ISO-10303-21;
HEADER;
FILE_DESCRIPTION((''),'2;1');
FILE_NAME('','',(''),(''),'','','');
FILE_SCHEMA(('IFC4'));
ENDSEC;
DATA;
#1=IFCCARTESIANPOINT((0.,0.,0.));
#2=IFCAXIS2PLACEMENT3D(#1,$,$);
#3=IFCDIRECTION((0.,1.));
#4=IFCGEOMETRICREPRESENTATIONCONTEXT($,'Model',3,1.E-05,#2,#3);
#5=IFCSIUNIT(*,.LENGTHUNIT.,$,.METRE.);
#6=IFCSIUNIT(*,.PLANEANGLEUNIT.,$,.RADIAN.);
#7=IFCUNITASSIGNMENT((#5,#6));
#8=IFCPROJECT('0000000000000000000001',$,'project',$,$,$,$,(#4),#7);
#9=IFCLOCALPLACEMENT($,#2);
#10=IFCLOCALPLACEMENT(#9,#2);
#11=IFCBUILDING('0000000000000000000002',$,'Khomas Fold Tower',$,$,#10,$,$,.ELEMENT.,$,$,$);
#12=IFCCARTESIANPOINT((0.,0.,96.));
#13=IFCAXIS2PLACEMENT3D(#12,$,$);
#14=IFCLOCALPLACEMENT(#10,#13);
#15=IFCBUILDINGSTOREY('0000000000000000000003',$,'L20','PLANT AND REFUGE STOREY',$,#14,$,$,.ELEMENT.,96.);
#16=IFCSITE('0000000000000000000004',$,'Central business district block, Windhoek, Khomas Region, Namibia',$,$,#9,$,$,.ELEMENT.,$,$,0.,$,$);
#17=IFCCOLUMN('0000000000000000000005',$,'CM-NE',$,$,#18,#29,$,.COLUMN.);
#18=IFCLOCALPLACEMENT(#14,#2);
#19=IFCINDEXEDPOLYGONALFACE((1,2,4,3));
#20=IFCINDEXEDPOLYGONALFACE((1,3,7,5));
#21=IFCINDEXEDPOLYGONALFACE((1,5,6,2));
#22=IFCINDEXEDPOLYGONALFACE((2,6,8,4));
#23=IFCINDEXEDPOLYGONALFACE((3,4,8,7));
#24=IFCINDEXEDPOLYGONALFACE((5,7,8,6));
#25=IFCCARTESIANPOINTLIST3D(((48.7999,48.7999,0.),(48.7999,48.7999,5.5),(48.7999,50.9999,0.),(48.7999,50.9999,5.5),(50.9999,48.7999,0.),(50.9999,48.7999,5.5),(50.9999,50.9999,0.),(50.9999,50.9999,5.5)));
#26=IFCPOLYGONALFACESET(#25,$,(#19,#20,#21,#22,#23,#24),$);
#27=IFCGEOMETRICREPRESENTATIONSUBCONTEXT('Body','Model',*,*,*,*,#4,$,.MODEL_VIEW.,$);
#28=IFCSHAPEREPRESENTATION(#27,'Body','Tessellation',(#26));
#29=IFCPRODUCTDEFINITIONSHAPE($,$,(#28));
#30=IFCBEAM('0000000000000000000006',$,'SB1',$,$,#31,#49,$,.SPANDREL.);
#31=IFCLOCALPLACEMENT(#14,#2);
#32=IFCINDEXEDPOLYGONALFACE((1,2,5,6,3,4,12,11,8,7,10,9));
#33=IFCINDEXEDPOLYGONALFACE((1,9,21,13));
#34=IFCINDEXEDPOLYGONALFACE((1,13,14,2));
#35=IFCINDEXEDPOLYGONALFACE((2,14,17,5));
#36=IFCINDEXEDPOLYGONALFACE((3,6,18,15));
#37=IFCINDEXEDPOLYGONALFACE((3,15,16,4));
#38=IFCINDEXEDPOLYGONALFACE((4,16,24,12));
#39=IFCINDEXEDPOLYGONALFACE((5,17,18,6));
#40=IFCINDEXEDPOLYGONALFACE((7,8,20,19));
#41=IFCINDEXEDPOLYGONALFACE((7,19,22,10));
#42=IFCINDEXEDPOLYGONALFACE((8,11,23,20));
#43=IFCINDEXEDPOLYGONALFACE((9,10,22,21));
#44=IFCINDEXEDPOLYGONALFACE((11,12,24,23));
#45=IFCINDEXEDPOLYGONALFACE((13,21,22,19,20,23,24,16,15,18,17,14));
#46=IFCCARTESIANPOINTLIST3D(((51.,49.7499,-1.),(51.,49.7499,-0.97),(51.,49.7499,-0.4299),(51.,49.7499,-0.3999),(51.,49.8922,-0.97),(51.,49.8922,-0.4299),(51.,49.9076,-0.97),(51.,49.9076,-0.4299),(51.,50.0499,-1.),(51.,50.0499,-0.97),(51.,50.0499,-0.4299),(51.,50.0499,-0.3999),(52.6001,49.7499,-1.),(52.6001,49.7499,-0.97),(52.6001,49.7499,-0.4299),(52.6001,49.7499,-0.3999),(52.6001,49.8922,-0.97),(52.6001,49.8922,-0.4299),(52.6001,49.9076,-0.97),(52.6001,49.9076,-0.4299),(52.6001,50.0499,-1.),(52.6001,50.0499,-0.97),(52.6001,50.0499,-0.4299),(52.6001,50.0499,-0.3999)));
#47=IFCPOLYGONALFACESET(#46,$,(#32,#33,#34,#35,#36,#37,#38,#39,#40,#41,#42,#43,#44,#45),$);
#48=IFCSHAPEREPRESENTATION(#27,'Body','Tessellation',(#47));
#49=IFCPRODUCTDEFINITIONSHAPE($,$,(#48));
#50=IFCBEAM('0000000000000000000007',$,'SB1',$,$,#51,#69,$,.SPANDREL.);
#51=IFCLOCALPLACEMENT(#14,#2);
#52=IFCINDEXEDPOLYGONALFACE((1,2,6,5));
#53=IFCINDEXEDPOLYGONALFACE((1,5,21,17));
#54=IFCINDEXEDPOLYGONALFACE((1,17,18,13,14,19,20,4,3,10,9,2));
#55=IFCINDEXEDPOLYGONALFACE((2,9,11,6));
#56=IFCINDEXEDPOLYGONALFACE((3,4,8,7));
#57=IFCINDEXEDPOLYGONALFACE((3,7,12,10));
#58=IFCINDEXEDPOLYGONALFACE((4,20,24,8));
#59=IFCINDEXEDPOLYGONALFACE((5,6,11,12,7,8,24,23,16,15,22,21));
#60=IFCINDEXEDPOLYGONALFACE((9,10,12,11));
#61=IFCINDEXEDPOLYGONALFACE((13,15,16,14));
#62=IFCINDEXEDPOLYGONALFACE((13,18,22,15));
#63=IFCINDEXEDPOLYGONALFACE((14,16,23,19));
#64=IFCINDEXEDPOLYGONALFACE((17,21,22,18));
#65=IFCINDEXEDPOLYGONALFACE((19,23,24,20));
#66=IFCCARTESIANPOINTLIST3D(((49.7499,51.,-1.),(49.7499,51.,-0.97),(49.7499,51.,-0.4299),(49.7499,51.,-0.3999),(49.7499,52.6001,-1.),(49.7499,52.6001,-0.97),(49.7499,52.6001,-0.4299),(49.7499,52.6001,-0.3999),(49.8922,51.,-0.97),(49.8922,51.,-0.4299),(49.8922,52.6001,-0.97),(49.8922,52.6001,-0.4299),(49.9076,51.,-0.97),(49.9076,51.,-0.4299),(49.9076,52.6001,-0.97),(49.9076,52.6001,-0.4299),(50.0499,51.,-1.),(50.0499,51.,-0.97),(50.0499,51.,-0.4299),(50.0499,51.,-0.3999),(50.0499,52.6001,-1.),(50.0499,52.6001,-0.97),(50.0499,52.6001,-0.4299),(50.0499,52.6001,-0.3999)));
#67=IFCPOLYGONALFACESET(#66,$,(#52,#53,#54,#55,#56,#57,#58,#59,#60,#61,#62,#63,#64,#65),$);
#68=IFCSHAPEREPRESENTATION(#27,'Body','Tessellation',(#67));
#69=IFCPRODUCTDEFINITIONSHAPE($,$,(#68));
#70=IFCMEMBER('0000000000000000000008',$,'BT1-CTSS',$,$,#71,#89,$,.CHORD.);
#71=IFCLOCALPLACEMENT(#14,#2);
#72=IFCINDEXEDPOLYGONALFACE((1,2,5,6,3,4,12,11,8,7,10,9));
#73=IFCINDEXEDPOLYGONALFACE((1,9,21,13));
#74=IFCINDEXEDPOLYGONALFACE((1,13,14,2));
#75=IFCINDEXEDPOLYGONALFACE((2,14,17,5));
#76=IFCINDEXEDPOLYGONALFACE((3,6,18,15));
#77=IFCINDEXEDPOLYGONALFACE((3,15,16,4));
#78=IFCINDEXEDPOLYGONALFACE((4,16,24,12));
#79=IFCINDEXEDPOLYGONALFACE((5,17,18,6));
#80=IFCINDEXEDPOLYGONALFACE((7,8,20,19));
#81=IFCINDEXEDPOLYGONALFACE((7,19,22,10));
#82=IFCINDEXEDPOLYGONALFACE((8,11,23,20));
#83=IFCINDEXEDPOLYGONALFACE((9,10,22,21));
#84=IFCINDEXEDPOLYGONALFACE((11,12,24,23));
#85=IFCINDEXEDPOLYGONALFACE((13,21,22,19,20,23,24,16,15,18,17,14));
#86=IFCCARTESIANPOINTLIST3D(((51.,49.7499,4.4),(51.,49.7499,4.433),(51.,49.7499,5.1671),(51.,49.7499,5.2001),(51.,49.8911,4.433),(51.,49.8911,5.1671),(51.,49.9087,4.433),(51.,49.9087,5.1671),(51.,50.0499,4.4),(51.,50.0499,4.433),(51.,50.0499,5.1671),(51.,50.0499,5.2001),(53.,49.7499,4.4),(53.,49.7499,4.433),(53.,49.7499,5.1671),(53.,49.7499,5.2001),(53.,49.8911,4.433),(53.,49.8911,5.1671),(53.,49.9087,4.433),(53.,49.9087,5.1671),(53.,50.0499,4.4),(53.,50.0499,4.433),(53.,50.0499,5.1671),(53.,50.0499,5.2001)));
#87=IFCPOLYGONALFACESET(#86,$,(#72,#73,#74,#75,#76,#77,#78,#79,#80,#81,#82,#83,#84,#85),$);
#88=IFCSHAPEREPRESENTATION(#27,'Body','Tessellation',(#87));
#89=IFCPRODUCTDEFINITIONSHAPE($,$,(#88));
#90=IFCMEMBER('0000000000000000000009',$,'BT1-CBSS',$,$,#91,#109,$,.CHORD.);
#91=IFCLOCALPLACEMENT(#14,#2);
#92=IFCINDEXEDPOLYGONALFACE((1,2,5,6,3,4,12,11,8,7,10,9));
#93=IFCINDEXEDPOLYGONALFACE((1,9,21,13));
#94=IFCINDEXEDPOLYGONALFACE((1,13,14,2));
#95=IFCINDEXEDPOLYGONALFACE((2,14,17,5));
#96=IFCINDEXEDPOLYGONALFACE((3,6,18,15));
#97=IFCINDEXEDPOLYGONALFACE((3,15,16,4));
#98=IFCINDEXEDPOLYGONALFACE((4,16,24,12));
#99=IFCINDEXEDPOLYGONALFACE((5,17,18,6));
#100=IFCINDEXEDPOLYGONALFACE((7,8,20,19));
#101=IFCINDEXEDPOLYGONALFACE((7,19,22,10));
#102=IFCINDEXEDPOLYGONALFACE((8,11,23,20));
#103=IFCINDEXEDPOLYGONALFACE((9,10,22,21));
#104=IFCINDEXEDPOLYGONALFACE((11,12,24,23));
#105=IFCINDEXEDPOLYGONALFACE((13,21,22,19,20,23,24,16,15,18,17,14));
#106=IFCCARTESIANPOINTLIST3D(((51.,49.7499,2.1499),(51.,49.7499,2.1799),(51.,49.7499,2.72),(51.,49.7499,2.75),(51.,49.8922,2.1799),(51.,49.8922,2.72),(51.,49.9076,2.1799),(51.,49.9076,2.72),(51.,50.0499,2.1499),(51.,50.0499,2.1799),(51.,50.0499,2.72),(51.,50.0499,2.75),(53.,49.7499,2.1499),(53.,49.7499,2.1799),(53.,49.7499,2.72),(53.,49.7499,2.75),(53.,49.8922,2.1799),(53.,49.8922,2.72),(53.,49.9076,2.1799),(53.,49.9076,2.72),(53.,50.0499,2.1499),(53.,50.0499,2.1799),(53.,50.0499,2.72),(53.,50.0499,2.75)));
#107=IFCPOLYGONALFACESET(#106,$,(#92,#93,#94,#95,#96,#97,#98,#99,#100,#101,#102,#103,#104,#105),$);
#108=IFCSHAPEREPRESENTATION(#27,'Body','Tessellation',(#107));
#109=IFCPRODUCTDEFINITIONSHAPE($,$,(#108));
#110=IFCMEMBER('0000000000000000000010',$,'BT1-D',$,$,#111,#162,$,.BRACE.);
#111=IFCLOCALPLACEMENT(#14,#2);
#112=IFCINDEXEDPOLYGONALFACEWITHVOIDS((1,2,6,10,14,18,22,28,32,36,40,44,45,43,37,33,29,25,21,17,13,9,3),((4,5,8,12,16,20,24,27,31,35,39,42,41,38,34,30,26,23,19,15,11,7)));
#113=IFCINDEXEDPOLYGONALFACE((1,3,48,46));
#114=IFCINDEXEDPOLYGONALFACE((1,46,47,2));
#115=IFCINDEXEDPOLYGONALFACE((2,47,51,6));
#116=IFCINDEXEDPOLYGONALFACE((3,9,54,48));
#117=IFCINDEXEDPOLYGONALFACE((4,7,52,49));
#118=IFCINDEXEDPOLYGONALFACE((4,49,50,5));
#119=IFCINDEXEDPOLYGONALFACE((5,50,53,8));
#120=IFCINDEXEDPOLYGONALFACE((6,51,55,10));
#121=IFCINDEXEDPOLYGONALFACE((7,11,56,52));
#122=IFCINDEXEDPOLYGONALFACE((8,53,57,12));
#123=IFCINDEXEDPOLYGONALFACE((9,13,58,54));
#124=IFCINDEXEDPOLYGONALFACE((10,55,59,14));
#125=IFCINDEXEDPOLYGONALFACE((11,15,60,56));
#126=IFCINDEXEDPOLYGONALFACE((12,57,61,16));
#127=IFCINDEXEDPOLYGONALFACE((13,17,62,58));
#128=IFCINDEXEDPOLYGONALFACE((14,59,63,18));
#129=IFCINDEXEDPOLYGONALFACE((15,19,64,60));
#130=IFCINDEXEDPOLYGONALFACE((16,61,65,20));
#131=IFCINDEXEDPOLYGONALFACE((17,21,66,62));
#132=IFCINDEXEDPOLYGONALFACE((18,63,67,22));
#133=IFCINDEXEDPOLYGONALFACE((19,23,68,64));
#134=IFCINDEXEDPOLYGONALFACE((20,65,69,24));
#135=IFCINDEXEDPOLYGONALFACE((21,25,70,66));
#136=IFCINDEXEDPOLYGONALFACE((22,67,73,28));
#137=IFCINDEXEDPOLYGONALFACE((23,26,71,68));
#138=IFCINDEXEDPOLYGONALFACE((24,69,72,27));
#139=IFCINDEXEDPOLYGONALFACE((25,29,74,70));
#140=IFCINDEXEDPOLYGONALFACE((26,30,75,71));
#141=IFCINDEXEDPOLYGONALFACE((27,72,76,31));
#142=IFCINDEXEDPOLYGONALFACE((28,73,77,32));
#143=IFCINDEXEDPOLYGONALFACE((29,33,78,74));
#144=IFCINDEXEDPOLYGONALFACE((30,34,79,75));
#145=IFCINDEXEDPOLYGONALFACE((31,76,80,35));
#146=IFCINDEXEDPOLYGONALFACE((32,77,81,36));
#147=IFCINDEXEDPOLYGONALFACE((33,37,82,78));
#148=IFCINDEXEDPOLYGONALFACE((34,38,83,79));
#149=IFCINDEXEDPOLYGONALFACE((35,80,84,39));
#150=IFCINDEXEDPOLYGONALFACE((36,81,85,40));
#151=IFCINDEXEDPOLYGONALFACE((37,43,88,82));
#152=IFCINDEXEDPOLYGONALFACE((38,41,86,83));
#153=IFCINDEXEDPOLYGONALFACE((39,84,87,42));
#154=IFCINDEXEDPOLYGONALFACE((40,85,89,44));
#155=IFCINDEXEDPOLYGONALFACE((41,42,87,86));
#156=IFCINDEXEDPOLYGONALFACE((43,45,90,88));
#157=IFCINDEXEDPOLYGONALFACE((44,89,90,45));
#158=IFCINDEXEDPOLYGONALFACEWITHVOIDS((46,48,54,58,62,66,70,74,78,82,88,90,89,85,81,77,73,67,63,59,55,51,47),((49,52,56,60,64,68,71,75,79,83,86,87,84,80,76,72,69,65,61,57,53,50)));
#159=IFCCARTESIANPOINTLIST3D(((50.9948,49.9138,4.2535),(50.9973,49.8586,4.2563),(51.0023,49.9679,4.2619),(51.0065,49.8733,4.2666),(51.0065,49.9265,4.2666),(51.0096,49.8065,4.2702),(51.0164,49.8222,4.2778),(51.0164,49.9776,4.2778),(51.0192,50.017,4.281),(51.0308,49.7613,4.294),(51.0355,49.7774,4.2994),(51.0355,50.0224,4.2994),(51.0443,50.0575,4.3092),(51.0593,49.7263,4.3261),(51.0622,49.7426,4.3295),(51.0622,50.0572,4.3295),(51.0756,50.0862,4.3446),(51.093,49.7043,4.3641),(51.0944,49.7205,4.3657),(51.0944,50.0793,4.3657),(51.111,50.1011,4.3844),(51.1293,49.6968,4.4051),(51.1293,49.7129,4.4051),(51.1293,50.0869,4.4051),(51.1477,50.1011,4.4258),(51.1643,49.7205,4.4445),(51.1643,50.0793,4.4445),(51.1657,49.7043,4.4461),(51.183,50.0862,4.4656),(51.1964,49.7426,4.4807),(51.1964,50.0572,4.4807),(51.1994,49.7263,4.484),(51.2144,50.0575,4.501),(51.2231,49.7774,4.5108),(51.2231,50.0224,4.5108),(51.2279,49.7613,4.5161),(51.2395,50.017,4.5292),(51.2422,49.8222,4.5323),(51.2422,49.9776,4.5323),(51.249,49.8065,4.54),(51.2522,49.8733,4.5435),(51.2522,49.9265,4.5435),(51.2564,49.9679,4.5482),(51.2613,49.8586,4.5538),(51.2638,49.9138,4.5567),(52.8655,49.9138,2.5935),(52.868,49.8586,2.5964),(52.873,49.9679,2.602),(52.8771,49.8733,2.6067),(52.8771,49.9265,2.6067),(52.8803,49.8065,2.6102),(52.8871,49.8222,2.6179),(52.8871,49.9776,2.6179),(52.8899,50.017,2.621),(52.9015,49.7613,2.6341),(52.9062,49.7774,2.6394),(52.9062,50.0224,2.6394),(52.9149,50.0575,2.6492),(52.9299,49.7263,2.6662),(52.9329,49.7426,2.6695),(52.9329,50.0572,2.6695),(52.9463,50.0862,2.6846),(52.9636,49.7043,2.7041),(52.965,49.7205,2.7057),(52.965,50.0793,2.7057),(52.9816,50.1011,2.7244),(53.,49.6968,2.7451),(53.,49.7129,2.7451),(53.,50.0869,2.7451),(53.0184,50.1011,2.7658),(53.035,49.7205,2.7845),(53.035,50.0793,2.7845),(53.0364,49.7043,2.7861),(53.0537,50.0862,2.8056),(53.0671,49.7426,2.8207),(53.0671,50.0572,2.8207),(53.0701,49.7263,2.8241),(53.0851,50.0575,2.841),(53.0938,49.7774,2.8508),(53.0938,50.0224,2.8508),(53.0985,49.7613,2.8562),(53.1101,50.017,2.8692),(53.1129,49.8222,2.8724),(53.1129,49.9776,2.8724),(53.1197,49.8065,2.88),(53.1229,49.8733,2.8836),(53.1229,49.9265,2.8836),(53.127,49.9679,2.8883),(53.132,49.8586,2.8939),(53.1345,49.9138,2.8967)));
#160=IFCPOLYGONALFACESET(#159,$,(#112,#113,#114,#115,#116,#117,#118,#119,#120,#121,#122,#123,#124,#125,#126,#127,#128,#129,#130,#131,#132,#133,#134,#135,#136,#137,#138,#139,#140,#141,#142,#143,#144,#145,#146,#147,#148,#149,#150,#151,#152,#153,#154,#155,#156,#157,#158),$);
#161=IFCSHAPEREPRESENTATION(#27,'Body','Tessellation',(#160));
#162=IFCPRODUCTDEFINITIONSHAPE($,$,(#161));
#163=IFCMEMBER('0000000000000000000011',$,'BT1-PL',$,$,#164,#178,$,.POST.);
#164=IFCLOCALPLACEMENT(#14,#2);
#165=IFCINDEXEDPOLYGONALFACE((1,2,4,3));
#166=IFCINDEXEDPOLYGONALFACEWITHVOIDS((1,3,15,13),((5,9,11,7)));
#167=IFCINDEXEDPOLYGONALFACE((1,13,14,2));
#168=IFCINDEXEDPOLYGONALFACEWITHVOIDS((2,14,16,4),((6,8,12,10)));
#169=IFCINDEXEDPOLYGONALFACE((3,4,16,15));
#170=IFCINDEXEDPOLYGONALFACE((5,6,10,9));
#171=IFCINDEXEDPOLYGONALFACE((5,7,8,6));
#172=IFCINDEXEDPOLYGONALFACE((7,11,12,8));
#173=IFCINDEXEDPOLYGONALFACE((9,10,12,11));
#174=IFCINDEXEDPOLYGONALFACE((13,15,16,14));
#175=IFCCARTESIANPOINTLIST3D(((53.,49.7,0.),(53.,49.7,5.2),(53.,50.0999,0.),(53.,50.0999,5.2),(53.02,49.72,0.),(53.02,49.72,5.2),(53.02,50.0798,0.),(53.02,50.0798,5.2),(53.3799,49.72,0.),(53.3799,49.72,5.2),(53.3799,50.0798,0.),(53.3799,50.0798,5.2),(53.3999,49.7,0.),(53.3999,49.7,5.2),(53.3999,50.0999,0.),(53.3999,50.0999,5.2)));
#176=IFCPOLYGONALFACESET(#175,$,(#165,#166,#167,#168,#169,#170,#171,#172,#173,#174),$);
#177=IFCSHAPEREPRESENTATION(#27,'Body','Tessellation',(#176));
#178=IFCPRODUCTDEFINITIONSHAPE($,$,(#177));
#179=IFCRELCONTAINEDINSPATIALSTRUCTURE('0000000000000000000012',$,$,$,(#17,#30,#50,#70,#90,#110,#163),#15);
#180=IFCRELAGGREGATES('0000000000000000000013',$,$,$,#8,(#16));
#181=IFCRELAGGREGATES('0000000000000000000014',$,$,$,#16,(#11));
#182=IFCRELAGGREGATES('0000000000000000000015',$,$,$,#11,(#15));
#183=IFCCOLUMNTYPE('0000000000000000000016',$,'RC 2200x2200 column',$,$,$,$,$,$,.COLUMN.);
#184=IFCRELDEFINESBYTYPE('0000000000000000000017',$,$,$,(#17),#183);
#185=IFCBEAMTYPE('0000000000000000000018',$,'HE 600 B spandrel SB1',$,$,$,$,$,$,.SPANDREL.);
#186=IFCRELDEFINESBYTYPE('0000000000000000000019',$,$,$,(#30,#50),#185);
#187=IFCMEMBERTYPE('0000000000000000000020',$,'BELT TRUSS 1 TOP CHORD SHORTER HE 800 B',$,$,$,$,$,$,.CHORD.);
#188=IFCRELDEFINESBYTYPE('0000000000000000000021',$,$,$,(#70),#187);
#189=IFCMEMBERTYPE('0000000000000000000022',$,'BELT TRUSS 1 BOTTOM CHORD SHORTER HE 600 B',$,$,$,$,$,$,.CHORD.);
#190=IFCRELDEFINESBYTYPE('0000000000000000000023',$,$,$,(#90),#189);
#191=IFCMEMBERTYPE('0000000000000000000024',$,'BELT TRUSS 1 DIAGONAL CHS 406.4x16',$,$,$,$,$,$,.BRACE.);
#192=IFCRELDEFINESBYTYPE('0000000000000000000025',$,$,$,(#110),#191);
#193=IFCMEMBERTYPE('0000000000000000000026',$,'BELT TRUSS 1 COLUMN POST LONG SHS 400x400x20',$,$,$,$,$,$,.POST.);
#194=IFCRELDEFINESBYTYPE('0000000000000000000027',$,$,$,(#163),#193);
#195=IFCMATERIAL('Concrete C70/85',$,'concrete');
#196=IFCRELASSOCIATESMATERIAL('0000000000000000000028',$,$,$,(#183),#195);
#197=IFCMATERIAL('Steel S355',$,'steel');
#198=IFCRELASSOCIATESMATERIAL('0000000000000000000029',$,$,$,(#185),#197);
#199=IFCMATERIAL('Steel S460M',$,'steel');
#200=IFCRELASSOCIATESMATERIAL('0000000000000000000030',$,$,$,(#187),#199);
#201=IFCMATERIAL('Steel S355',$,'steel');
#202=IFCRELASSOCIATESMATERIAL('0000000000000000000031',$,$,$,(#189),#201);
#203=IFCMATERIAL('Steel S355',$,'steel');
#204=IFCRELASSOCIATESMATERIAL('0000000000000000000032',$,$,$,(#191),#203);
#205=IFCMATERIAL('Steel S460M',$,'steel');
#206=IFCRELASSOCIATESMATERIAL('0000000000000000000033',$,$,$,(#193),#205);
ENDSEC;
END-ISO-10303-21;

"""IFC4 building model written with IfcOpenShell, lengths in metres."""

from ifc_helpers import new_model, si_unit, direction, frame, origin, origin_2d, place, context, subcontext, project, spatial, rectangle, hollow_rectangle, hollow_circle, i_section, extrude, source, transform, mapped, material, material_profile, profile_set, type_object, element, save


model = new_model("IFC4")

# Units and contexts
model_context = context("Model", 3, precision=1e-05, world=origin(), true_north=direction((0.0, 1.0)))
body_context = subcontext(model_context, "Body", "Model", "MODEL_VIEW")
ifc_project = project(units=[si_unit("LENGTHUNIT", "METRE"), si_unit("PLANEANGLEUNIT", "RADIAN")], contexts=[model_context])

# Site, building, storey
site_placement = place(None, origin())
site = spatial("IfcSite", under=ifc_project, at=site_placement, Name="Central business district block, Windhoek, Khomas Region, Namibia", CompositionType="ELEMENT", RefElevation=0.0)
building_placement = place(site_placement, origin())
building = spatial("IfcBuilding", under=site, at=building_placement, Name="Khomas Fold Tower", CompositionType="ELEMENT")
storey_placement = place(building_placement, frame((0.0, 0.0, 96.0)))
storey = spatial("IfcBuildingStorey", under=building, at=storey_placement, Name="L20", Description="PLANT AND REFUGE STOREY", CompositionType="ELEMENT", Elevation=96.0)

# Column
ifc_material_1 = material(Name="Concrete C70/85", Category="concrete")
ifc_material_profile_1 = material_profile(ifc_material_1, rectangle(XDim=2.2, YDim=2.2, at=origin_2d()), Name="RC 2200x2200")
ifc_profile_set_1 = profile_set([ifc_material_profile_1], Name="Concrete C70/85")
column_type = type_object("IfcColumnType", Name="RC 2200x2200 column", PredefinedType="COLUMN", material=ifc_profile_set_1)
shared_shape_1 = source(origin(), body_context, "Body", "SweptSolid", [
    extrude(rectangle(XDim=2.2, YDim=2.2, at=origin_2d()), origin(), (0.0, 0.0, 1.0), 5.5),
])
column_placement = place(storey_placement, frame((49.8999, 49.8999, 0.0), z_axis=(0.0, 0.0, 1.0), x_axis=(1.0, 0.0, 0.0)))
element("IfcColumn", 1, at=column_placement, inside=storey, type_object=column_type, Name="CM-NE", PredefinedType="COLUMN", context=body_context, shape_type="MappedRepresentation", body=[
    mapped(shared_shape_1, transform((0.0, 0.0, 0.0))),
])

# Beams
ifc_material_2 = material(Name="Steel S355", Category="steel")
ifc_material_profile_2 = material_profile(ifc_material_2, i_section(OverallWidth=0.3, OverallDepth=0.6001, WebThickness=0.0154, FlangeThickness=0.03, at=origin_2d()), Name="HE 600 B")
ifc_profile_set_2 = profile_set([ifc_material_profile_2], Name="Steel S355")
beam_type_1 = type_object("IfcBeamType", Name="HE 600 B spandrel SB1", PredefinedType="SPANDREL", material=ifc_profile_set_2)
shared_shape_2 = source(origin(), body_context, "Body", "SweptSolid", [
    extrude(i_section(OverallWidth=0.3, OverallDepth=0.6001, WebThickness=0.0154, FlangeThickness=0.03, at=origin_2d()), origin(), (0.0, 0.0, 1.0), 1.6001),
])
for number, where, z_axis, x_axis, name in (
    (2, (51.0, 49.8999, -0.7), (1.0, 0.0, 0.0), (0.0, 1.0, 0.0), "SB1"),
    (3, (49.8999, 51.0, -0.7), (0.0, 1.0, 0.0), (-1.0, 0.0, 0.0), "SB1"),
):
    element("IfcBeam", number, at=place(storey_placement, frame(where, z_axis=z_axis, x_axis=x_axis)), inside=storey, type_object=beam_type_1, Name=name, PredefinedType="SPANDREL", context=body_context, shape_type="MappedRepresentation", body=[
        mapped(shared_shape_2, transform((0.0, 0.0, 0.0))),
    ])

# Members
ifc_material_3 = material(Name="Steel S460M", Category="steel")
ifc_material_profile_3 = material_profile(ifc_material_3, i_section(OverallWidth=0.3, OverallDepth=0.8, WebThickness=0.0176, FlangeThickness=0.033, at=origin_2d()), Name="HE 800 B")
ifc_profile_set_3 = profile_set([ifc_material_profile_3], Name="Steel S460M")
member_type_1 = type_object("IfcMemberType", Name="BELT TRUSS 1 TOP CHORD SHORTER HE 800 B", PredefinedType="CHORD", material=ifc_profile_set_3)
shared_shape_3 = source(origin(), body_context, "Body", "SweptSolid", [
    extrude(i_section(OverallWidth=0.3, OverallDepth=0.8, WebThickness=0.0176, FlangeThickness=0.033, at=origin_2d()), origin(), (0.0, 0.0, 1.0), 2.0),
])
member_1_placement = place(storey_placement, frame((53.0, 49.8999, 4.8), z_axis=(-1.0, 0.0, 0.0), x_axis=(0.0, -1.0, 0.0)))
element("IfcMember", 4, at=member_1_placement, inside=storey, type_object=member_type_1, Name="BT1-CTSS", PredefinedType="CHORD", context=body_context, shape_type="MappedRepresentation", body=[
    mapped(shared_shape_3, transform((0.0, 0.0, 0.0))),
])
ifc_material_4 = material(Name="Steel S355", Category="steel")
ifc_material_profile_4 = material_profile(ifc_material_4, i_section(OverallWidth=0.3, OverallDepth=0.6001, WebThickness=0.0154, FlangeThickness=0.03, at=origin_2d()), Name="HE 600 B")
ifc_profile_set_4 = profile_set([ifc_material_profile_4], Name="Steel S355")
member_type_2 = type_object("IfcMemberType", Name="BELT TRUSS 1 BOTTOM CHORD SHORTER HE 600 B", PredefinedType="CHORD", material=ifc_profile_set_4)
shared_shape_4 = source(origin(), body_context, "Body", "SweptSolid", [
    extrude(i_section(OverallWidth=0.3, OverallDepth=0.6001, WebThickness=0.0154, FlangeThickness=0.03, at=origin_2d()), origin(), (0.0, 0.0, 1.0), 2.0),
])
member_2_placement = place(storey_placement, frame((53.0, 49.8999, 2.45), z_axis=(-1.0, 0.0, 0.0), x_axis=(0.0, -1.0, 0.0)))
element("IfcMember", 5, at=member_2_placement, inside=storey, type_object=member_type_2, Name="BT1-CBSS", PredefinedType="CHORD", context=body_context, shape_type="MappedRepresentation", body=[
    mapped(shared_shape_4, transform((0.0, 0.0, 0.0))),
])
ifc_material_5 = material(Name="Steel S355", Category="steel")
ifc_material_profile_5 = material_profile(ifc_material_5, hollow_circle(Radius=0.2031, WallThickness=0.0161, at=origin_2d()), Name="CHS 406.4x16")
ifc_profile_set_5 = profile_set([ifc_material_profile_5], Name="Steel S355")
member_type_3 = type_object("IfcMemberType", Name="BELT TRUSS 1 DIAGONAL CHS 406.4x16", PredefinedType="BRACE", material=ifc_profile_set_5)
shared_shape_5 = source(origin(), body_context, "Body", "SweptSolid", [
    extrude(hollow_circle(Radius=0.2031, WallThickness=0.0161, at=origin_2d()), origin(), (0.0, 0.0, 1.0), 2.501),
])
member_3_placement = place(storey_placement, frame((53.0, 49.8999, 2.7451), z_axis=(-0.747975, 0.0, 0.663727), x_axis=(0.0, -1.0, 0.0)))
element("IfcMember", 6, at=member_3_placement, inside=storey, type_object=member_type_3, Name="BT1-D", PredefinedType="BRACE", context=body_context, shape_type="MappedRepresentation", body=[
    mapped(shared_shape_5, transform((0.0, 0.0, 0.0))),
])
ifc_material_6 = material(Name="Steel S460M", Category="steel")
ifc_material_profile_6 = material_profile(ifc_material_6, hollow_rectangle(XDim=0.3999, YDim=0.3999, WallThickness=0.02, at=origin_2d()), Name="SHS 400x400x20")
ifc_profile_set_6 = profile_set([ifc_material_profile_6], Name="Steel S460M")
member_type_4 = type_object("IfcMemberType", Name="BELT TRUSS 1 COLUMN POST LONG SHS 400x400x20", PredefinedType="POST", material=ifc_profile_set_6)
shared_shape_6 = source(origin(), body_context, "Body", "SweptSolid", [
    extrude(hollow_rectangle(XDim=0.3999, YDim=0.3999, WallThickness=0.02, at=origin_2d()), origin(), (0.0, 0.0, 1.0), 5.2),
])
member_4_placement = place(storey_placement, frame((53.2, 49.8999, 0.0), z_axis=(0.0, 0.0, 1.0), x_axis=(1.0, 0.0, 0.0)))
element("IfcMember", 7, at=member_4_placement, inside=storey, type_object=member_type_4, Name="BT1-PL", PredefinedType="POST", context=body_context, shape_type="MappedRepresentation", body=[
    mapped(shared_shape_6, transform((0.0, 0.0, 0.0))),
])

save(model, "model.ifc")
